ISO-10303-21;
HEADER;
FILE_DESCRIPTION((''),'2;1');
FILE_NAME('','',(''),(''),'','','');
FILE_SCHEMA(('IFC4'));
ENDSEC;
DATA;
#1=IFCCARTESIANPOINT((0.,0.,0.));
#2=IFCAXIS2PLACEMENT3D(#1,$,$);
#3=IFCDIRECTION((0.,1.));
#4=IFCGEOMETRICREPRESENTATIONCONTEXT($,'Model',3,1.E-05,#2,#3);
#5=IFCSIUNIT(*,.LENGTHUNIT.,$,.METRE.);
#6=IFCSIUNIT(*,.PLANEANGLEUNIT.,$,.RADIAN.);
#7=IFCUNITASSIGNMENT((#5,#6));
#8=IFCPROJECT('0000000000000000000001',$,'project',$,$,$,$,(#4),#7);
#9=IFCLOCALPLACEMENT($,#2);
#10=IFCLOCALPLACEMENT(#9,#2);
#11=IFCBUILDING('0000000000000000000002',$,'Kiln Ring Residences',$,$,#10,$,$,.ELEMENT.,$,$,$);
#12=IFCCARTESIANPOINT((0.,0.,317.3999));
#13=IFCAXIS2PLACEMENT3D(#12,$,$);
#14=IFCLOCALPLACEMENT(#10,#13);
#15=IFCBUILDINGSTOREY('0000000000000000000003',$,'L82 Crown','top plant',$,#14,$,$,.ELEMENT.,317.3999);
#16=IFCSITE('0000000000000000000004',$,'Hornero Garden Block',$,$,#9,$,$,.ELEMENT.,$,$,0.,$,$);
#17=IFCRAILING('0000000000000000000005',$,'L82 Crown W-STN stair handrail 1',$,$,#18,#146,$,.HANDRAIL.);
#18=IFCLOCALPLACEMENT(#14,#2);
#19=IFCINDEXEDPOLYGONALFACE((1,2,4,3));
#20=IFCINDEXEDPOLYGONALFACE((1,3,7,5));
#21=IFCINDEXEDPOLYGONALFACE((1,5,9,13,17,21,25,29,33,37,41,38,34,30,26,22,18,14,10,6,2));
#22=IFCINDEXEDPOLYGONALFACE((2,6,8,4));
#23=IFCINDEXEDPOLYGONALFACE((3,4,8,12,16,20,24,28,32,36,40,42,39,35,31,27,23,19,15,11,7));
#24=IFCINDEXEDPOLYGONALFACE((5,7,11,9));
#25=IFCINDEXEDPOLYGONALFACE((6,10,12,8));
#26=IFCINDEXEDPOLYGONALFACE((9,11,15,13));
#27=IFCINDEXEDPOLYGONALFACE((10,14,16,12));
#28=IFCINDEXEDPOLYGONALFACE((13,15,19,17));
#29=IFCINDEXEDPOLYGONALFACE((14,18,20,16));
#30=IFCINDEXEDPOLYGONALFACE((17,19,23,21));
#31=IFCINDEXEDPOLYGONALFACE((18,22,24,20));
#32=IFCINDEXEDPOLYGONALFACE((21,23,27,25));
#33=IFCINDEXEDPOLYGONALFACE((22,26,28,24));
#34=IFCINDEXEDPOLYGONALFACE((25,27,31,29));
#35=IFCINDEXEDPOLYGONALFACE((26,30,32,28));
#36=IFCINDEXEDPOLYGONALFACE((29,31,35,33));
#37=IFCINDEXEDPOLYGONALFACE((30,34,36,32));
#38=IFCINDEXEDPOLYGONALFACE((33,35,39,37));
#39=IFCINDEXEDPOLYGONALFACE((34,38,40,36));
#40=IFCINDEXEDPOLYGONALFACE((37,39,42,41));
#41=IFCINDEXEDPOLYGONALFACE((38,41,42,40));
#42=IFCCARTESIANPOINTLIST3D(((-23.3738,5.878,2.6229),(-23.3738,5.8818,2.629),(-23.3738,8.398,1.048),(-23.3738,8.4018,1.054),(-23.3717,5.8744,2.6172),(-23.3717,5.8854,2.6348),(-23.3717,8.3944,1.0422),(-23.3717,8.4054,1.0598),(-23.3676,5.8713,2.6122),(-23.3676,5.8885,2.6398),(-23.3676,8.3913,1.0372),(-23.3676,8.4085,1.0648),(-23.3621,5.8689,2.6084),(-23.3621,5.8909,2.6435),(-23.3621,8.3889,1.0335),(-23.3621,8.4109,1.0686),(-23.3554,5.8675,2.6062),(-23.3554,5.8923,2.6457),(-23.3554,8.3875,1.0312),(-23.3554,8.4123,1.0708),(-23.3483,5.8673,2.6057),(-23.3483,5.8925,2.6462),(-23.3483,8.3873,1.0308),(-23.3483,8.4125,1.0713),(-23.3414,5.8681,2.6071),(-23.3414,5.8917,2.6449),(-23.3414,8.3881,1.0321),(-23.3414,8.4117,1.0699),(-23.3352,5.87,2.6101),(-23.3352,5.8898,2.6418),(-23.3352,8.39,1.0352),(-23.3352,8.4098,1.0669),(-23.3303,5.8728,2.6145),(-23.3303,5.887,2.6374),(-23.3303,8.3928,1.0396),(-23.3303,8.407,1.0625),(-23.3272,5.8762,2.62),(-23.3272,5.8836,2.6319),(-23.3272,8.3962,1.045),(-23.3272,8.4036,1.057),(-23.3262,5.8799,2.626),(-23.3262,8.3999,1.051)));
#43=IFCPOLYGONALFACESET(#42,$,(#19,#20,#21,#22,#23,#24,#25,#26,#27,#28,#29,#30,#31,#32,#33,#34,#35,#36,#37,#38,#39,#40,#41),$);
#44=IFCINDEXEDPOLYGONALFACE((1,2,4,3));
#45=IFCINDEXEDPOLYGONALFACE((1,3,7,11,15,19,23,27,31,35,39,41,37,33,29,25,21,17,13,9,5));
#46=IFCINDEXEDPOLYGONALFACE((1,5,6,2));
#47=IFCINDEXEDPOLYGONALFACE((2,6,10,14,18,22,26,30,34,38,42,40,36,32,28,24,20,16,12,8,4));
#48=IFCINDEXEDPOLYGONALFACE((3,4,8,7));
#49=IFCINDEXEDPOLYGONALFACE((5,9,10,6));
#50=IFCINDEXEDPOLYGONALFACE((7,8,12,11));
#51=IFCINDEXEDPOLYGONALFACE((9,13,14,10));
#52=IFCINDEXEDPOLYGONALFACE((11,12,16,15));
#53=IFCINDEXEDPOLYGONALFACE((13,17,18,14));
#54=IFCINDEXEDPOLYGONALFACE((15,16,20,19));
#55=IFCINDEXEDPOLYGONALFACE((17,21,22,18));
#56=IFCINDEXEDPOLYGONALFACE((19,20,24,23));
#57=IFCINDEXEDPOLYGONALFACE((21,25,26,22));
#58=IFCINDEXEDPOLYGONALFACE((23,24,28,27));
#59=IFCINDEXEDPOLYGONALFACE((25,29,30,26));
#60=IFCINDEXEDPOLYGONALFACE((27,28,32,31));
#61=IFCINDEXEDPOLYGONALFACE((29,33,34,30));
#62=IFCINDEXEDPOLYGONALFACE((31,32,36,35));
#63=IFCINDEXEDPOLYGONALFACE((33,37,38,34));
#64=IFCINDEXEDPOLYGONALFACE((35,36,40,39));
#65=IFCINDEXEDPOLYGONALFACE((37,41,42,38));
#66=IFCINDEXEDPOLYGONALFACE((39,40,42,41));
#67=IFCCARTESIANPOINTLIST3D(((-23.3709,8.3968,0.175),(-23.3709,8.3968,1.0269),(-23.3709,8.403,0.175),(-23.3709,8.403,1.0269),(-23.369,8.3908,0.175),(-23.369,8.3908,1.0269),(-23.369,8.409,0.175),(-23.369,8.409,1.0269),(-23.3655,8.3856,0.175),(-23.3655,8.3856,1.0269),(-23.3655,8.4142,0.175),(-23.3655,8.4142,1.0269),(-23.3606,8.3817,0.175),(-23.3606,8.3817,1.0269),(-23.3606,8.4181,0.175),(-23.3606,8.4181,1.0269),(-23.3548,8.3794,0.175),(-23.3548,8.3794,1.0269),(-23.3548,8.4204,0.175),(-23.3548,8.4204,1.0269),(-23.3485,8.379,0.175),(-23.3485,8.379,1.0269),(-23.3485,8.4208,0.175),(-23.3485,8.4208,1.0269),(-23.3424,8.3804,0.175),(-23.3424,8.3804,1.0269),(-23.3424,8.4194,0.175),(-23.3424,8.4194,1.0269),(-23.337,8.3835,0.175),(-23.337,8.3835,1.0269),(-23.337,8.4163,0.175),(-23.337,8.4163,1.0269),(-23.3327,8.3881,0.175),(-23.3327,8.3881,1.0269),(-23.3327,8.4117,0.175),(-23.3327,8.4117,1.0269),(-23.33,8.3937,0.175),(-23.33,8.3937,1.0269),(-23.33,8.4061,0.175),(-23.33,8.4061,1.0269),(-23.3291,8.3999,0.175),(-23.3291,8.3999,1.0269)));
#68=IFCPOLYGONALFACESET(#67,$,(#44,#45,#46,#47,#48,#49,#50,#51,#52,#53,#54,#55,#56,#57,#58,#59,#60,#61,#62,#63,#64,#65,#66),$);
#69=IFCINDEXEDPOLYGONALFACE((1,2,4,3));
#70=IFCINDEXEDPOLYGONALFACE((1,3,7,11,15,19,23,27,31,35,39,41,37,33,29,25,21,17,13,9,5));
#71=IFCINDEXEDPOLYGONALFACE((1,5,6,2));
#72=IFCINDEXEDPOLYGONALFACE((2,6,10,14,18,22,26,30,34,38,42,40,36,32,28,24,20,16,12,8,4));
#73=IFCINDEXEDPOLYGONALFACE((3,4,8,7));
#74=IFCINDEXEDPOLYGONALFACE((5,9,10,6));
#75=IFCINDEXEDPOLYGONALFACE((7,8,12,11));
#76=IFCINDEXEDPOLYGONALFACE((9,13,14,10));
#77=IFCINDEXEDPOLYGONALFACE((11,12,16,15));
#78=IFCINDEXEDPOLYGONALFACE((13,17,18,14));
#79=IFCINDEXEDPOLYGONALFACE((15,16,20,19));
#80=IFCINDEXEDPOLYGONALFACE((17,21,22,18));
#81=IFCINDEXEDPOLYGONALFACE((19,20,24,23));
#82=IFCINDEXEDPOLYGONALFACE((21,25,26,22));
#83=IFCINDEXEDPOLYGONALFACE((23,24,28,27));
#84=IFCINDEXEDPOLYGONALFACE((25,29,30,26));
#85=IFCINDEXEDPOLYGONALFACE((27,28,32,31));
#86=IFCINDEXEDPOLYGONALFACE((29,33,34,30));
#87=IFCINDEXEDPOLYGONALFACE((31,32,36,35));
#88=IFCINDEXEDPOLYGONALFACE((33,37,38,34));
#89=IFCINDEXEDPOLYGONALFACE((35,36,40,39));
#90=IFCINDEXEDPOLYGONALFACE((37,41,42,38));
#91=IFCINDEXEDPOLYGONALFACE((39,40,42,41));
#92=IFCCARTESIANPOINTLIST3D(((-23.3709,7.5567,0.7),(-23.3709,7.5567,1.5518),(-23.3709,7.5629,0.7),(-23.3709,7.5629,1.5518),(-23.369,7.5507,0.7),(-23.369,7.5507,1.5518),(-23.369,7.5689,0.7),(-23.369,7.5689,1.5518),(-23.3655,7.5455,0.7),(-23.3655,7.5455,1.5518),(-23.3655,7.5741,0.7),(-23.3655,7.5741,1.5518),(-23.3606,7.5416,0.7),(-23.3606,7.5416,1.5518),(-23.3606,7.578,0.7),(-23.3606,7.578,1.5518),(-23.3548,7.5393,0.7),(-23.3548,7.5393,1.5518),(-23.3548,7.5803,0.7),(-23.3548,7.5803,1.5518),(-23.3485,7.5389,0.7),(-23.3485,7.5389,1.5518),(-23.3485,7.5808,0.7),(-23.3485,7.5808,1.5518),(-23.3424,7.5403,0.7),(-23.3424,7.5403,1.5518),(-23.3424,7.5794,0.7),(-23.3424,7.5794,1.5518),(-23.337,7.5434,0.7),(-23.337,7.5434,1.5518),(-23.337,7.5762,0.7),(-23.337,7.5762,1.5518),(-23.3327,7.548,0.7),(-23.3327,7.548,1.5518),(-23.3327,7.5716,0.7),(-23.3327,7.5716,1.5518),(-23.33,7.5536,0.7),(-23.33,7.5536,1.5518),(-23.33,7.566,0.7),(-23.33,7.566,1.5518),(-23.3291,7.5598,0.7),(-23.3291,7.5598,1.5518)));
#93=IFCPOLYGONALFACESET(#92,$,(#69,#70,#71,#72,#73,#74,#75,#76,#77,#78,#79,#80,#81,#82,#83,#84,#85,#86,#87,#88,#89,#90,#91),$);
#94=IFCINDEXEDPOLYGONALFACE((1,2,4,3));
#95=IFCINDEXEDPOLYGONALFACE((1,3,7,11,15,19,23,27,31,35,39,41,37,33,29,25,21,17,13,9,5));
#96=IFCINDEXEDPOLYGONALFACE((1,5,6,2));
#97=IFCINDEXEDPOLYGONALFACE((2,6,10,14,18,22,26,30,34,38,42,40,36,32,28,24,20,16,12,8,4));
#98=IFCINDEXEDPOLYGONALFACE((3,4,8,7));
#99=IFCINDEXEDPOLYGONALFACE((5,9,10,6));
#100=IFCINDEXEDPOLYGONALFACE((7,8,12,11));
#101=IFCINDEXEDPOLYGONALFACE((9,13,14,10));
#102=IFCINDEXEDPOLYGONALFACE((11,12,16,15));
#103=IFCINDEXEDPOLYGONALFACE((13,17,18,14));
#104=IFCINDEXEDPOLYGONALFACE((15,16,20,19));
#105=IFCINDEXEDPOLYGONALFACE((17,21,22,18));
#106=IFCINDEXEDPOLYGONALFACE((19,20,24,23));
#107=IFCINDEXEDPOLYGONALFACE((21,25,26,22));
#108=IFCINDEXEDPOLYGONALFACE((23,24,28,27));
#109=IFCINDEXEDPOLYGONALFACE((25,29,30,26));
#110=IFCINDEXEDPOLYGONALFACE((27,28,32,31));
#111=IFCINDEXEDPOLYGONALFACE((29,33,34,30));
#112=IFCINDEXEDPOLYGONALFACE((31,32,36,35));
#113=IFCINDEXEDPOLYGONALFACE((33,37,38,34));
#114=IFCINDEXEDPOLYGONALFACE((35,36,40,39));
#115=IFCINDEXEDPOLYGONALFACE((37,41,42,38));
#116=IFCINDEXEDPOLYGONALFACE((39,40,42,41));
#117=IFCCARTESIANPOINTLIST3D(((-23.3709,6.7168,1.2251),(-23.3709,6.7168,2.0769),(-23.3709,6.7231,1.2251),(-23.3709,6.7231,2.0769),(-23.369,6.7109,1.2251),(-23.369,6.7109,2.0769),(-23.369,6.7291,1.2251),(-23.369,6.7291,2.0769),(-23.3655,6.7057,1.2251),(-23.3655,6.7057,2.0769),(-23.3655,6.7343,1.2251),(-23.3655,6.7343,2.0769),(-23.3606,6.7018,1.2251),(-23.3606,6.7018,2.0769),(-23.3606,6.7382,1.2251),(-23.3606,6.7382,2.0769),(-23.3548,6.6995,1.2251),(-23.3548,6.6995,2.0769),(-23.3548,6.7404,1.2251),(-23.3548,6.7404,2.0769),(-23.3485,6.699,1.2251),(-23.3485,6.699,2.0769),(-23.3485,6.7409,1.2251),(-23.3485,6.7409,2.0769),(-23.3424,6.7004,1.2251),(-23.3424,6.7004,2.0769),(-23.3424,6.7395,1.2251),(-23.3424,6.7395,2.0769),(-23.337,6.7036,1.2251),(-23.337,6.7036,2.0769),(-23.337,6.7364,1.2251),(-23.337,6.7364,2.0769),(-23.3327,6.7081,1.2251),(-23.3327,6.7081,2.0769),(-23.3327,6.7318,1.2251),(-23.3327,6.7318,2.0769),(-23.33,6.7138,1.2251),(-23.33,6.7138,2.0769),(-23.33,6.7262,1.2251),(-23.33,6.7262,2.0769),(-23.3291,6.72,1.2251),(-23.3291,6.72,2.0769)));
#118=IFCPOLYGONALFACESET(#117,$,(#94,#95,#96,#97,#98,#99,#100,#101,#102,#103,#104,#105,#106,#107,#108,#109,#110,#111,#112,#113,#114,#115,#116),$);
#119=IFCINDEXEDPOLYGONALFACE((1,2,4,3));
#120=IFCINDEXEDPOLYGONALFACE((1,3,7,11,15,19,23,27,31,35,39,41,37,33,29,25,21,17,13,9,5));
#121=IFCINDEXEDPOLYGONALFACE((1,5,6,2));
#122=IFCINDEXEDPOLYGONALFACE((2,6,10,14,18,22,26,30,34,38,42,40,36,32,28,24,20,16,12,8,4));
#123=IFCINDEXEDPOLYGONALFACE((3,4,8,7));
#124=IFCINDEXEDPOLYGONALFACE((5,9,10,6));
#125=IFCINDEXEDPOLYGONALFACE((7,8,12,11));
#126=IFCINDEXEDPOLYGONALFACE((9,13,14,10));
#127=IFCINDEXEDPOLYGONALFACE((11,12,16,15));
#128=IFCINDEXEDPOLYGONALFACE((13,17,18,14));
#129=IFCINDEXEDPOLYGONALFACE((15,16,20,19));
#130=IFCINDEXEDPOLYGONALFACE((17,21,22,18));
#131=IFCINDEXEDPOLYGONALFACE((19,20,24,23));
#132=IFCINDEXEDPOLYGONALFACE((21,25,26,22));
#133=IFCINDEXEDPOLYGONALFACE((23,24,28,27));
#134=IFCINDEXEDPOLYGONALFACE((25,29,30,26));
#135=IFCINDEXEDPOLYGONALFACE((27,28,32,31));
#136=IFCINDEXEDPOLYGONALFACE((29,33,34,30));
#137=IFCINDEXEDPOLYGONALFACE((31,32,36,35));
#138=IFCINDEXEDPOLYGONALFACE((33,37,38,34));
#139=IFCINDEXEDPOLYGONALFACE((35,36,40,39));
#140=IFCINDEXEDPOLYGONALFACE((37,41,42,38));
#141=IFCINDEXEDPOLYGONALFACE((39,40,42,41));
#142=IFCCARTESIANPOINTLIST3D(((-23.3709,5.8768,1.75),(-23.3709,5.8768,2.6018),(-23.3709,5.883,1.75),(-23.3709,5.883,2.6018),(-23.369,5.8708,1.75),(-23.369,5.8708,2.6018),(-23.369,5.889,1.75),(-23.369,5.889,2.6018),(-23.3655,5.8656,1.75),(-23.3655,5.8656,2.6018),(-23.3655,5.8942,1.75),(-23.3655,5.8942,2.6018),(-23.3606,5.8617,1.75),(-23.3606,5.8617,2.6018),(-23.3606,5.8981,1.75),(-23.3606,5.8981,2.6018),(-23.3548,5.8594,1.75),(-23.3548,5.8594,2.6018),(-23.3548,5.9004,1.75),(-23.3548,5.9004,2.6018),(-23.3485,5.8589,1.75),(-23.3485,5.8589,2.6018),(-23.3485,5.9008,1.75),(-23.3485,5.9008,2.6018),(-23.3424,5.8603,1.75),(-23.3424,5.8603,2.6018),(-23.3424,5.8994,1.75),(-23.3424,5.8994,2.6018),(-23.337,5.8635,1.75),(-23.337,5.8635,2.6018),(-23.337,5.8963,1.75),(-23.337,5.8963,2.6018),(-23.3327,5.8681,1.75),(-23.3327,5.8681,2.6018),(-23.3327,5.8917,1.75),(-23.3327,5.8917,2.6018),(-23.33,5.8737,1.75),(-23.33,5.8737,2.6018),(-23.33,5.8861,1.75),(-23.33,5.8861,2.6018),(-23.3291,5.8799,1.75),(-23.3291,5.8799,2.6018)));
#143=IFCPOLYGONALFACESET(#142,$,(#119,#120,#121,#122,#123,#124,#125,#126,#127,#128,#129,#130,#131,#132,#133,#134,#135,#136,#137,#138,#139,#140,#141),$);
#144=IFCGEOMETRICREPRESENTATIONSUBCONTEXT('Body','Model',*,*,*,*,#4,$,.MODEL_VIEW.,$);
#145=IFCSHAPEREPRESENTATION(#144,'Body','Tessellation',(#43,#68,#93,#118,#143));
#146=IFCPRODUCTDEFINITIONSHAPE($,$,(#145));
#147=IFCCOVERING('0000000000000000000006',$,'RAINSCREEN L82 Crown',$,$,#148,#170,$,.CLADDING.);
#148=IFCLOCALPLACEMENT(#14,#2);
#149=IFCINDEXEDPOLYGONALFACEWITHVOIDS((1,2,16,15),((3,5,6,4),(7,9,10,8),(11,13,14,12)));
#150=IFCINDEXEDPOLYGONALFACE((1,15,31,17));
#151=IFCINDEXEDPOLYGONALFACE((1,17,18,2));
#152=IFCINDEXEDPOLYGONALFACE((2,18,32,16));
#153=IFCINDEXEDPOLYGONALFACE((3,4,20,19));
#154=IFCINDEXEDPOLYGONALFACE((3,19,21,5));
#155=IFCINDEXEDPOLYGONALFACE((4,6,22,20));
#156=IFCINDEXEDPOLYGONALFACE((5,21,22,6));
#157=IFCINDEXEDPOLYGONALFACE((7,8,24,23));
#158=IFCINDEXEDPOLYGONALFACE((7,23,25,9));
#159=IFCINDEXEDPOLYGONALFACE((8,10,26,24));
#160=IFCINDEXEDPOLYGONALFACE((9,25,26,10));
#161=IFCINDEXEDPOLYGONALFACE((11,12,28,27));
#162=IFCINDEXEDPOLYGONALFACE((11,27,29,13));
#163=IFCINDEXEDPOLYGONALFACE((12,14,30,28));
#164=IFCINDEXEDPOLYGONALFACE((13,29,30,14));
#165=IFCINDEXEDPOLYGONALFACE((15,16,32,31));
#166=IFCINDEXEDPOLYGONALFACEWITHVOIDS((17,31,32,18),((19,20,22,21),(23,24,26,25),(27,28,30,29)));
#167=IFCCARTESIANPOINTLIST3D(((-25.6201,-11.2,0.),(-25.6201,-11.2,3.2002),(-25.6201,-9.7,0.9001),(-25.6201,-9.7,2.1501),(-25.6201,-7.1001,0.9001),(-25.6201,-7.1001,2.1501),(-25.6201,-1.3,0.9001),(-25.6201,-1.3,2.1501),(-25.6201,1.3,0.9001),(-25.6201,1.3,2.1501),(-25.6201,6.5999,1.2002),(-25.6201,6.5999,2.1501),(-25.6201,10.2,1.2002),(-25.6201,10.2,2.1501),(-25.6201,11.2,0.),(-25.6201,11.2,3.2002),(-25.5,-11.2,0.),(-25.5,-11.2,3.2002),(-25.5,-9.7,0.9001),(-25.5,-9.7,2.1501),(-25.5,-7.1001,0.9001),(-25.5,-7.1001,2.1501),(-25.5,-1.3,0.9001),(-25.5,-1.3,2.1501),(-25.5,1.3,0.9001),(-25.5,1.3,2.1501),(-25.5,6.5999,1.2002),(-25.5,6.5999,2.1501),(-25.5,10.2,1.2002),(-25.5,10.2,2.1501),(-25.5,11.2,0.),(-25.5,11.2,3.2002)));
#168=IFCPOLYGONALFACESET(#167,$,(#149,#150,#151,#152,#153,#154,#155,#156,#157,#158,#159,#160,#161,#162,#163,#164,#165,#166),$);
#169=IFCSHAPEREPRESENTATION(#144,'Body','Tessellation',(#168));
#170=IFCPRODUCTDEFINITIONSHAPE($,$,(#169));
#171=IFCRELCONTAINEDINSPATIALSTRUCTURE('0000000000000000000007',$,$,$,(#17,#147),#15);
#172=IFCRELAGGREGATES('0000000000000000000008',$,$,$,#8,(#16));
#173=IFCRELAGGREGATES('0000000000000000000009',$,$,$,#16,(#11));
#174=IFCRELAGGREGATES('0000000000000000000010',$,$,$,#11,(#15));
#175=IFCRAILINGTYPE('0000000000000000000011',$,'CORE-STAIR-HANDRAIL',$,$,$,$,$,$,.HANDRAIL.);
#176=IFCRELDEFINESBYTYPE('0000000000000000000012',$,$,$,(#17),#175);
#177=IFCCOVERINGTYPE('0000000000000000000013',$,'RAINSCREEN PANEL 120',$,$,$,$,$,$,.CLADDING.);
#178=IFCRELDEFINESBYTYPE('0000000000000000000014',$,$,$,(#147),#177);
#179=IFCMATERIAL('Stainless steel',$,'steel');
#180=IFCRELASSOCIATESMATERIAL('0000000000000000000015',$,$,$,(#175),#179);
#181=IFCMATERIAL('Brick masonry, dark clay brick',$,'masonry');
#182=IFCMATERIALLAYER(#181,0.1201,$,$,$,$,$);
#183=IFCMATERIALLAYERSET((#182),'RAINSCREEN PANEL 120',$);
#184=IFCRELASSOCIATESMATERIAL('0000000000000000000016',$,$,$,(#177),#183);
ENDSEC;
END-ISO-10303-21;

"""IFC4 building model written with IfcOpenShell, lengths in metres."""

from ifc_helpers import new_model, si_unit, direction, frame, origin, origin_2d, place, context, subcontext, project, spatial, polyline, circle, outline, extrude, material, layer, layer_set, type_object, element, save


model = new_model("IFC4")

# Units and contexts
model_context = context("Model", 3, precision=1e-05, world=origin(), true_north=direction((0.0, 1.0)))
body_context = subcontext(model_context, "Body", "Model", "MODEL_VIEW")
ifc_project = project(units=[si_unit("LENGTHUNIT", "METRE"), si_unit("PLANEANGLEUNIT", "RADIAN")], contexts=[model_context])

# Site, building, storey
site_placement = place(None, origin())
site = spatial("IfcSite", under=ifc_project, at=site_placement, Name="Hornero Garden Block", CompositionType="ELEMENT", RefElevation=0.0)
building_placement = place(site_placement, origin())
building = spatial("IfcBuilding", under=site, at=building_placement, Name="Kiln Ring Residences", CompositionType="ELEMENT")
storey_placement = place(building_placement, frame((0.0, 0.0, 317.3999)))
storey = spatial("IfcBuildingStorey", under=building, at=storey_placement, Name="L82 Crown", Description="top plant", CompositionType="ELEMENT", Elevation=317.3999)

# Railing
ifc_material_1 = material(Name="Stainless steel", Category="steel")
railing_type_1 = type_object("IfcRailingType", Name="CORE-STAIR-HANDRAIL", PredefinedType="HANDRAIL", material=ifc_material_1)
railing_1_placement = place(storey_placement, frame((-23.3501, 8.3999, 0.175)))
element("IfcRailing", 1, at=railing_1_placement, inside=storey, type_object=railing_type_1, Name="L82 Crown W-STN stair handrail 1", PredefinedType="HANDRAIL", context=body_context, shape_type="SweptSolid", body=[
    extrude(circle(Radius=0.0239, at=origin_2d()), frame((0.0, 0.0, 0.876), z_axis=(0.0, -0.848008, 0.529984), x_axis=(1.0, 0.0, 0.0)), (0.0, 0.0, 1.0), 2.9717),
    extrude(circle(Radius=0.021, at=origin_2d()), origin(), (0.0, 0.0, 1.0), 0.8518),
    extrude(circle(Radius=0.021, at=origin_2d()), frame((0.0, -0.8401, 0.5249)), (0.0, 0.0, 1.0), 0.8518),
    extrude(circle(Radius=0.021, at=origin_2d()), frame((0.0, -1.6799, 1.05)), (0.0, 0.0, 1.0), 0.8518),
    extrude(circle(Radius=0.021, at=origin_2d()), frame((0.0, -2.52, 1.575)), (0.0, 0.0, 1.0), 0.8518),
])

# Covering
ifc_material_2 = material(Name="Brick masonry, dark clay brick", Category="masonry")
ifc_layer_1 = layer(ifc_material_2, 0.1201)
ifc_layer_set_1 = layer_set([ifc_layer_1], Name="RAINSCREEN PANEL 120")
covering_type = type_object("IfcCoveringType", Name="RAINSCREEN PANEL 120", PredefinedType="CLADDING", material=ifc_layer_set_1)
covering_placement = place(storey_placement, frame((-25.5601, 11.2, 0.0), z_axis=(0.0, 0.0, 1.0), x_axis=(0.0, -1.0, 0.0)))
element("IfcCovering", 2, at=covering_placement, inside=storey, type_object=covering_type, Name="RAINSCREEN L82 Crown", PredefinedType="CLADDING", context=body_context, shape_type="SweptSolid", body=[
    extrude(outline(polyline([(0.0, 0.0), (22.3999, 0.0), (22.3999, 3.2002), (0.0, 3.2002), (0.0, 0.0)]), holes=[polyline([(12.5, 2.1501), (9.8999, 2.1501), (9.8999, 0.9001), (12.5, 0.9001), (12.5, 2.1501)]), polyline([(20.8999, 0.9001), (20.8999, 2.1501), (18.3, 2.1501), (18.3, 0.9001), (20.8999, 0.9001)]), polyline([(4.6001, 1.2002), (4.6001, 2.1501), (1.0, 2.1501), (1.0, 1.2002), (4.6001, 1.2002)])]), frame((0.0, 0.0601, 0.0), z_axis=(0.0, -1.0, 0.0), x_axis=(1.0, 0.0, 0.0)), (0.0, 0.0, 1.0), 0.1201),
])

save(model, "model.ifc")
